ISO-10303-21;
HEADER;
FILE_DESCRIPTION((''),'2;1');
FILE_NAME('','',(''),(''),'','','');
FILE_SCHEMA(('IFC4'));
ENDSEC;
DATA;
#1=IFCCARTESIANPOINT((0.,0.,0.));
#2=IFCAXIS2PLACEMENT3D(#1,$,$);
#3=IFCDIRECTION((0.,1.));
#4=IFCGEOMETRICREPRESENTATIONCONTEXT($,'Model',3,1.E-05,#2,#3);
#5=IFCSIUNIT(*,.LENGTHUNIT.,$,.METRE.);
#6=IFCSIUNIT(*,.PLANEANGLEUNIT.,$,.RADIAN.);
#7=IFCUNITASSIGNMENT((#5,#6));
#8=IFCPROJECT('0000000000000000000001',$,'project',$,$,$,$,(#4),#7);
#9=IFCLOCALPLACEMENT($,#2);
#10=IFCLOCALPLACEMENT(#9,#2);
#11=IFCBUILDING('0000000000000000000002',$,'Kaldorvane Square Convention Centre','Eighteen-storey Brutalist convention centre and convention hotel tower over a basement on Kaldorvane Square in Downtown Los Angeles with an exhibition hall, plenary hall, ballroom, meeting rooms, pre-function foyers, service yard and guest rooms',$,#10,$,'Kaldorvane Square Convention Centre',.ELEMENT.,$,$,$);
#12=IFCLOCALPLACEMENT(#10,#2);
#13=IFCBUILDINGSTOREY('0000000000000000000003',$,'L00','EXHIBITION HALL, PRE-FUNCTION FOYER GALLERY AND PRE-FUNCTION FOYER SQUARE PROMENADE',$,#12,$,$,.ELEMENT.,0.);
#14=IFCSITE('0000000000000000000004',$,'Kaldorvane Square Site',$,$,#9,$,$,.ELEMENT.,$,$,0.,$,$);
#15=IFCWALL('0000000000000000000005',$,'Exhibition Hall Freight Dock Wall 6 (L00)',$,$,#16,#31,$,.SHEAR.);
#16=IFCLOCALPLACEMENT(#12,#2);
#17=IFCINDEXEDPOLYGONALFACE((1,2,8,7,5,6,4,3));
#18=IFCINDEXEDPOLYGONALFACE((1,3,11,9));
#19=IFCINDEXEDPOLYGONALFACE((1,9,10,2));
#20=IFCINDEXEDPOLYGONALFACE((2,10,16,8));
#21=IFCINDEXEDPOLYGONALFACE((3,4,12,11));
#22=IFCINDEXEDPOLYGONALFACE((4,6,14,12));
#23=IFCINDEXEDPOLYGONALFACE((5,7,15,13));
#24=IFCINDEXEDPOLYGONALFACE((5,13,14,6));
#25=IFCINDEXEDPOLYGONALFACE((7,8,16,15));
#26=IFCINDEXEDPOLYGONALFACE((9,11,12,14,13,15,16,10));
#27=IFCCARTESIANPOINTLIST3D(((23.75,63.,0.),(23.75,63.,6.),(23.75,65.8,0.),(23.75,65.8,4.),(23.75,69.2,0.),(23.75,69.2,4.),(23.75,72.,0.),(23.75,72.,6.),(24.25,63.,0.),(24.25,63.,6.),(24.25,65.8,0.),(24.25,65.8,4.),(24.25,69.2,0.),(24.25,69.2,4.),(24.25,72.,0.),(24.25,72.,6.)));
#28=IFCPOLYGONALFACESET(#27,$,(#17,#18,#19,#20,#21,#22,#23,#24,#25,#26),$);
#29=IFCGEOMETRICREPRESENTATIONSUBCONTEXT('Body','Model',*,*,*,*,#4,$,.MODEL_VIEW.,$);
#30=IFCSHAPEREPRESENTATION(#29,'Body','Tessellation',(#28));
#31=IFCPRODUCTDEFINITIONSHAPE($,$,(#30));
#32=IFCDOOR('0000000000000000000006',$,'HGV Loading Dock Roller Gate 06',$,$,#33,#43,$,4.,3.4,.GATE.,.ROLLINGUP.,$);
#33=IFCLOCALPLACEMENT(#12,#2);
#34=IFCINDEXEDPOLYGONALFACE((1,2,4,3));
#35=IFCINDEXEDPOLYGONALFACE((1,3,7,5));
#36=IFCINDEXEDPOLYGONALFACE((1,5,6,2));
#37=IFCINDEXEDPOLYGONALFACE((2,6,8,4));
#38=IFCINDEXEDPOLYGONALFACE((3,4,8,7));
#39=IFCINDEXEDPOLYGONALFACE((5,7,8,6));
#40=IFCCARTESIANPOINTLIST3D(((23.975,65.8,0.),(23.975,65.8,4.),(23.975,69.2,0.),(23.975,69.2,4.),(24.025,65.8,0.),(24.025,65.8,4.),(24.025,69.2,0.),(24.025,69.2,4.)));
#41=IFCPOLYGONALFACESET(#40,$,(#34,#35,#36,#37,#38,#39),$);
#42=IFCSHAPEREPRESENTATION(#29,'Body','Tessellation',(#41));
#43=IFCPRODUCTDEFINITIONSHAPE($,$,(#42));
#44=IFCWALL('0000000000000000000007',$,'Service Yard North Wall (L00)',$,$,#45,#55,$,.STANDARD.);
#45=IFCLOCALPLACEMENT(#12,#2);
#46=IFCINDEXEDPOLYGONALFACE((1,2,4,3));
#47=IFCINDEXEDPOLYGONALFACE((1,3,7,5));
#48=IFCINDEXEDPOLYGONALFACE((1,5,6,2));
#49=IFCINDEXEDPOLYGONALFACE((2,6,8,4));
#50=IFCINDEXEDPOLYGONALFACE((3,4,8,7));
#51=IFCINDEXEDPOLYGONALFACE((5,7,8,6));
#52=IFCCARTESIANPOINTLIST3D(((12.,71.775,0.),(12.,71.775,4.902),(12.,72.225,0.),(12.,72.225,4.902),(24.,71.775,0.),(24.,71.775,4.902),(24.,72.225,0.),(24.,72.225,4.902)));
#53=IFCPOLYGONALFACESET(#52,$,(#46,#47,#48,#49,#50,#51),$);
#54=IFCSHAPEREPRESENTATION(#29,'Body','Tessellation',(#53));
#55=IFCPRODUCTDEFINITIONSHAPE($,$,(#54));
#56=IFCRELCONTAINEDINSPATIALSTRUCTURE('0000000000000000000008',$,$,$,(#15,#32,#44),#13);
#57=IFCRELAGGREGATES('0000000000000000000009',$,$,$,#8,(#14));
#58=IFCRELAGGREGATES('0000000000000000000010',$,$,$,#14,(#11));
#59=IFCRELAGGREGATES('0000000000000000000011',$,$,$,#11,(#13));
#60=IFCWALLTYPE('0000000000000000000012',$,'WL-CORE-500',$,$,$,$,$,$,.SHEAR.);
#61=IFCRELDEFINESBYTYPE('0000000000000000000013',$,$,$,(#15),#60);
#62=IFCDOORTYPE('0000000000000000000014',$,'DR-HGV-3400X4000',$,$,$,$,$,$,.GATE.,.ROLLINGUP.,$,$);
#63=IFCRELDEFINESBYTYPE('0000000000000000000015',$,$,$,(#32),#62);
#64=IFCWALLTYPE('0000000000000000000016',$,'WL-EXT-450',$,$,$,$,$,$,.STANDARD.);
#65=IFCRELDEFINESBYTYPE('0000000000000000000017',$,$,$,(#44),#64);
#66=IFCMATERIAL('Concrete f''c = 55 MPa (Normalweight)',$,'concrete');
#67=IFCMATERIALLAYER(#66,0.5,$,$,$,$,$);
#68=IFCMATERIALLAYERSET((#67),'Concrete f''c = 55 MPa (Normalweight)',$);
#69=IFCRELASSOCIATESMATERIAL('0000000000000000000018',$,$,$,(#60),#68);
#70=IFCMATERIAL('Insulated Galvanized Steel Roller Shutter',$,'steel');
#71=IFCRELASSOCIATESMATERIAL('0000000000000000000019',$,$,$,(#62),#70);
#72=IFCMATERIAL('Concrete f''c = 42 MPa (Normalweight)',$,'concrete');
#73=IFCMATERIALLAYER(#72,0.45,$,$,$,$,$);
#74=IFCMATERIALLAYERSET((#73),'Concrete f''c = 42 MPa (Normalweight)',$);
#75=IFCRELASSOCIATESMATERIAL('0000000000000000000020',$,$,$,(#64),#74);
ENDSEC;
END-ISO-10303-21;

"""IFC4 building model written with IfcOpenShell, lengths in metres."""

from ifc_helpers import new_model, si_unit, direction, frame, frame_2d, origin, place, context, subcontext, project, spatial, rectangle, extrude, material, layer, layer_set, type_object, element, fill, save


model = new_model("IFC4")

# Units and contexts
model_context = context("Model", 3, precision=1e-05, world=origin(), true_north=direction((0.0, 1.0)))
body_context = subcontext(model_context, "Body", "Model", "MODEL_VIEW")
ifc_project = project(units=[si_unit("LENGTHUNIT", "METRE"), si_unit("PLANEANGLEUNIT", "RADIAN")], contexts=[model_context])

# Site, building, storey
site_placement = place(None, origin())
site = spatial("IfcSite", under=ifc_project, at=site_placement, Name="Kaldorvane Square Site", CompositionType="ELEMENT", RefElevation=0.0)
building_placement = place(site_placement, origin())
building = spatial("IfcBuilding", under=site, at=building_placement, Name="Kaldorvane Square Convention Centre", Description="Eighteen-storey Brutalist convention centre and convention hotel tower over a basement on Kaldorvane Square in Downtown Los Angeles with an exhibition hall, plenary hall, ballroom, meeting rooms, pre-function foyers, service yard and guest rooms", LongName="Kaldorvane Square Convention Centre", CompositionType="ELEMENT")
storey_placement = place(building_placement, origin())
storey = spatial("IfcBuildingStorey", under=building, at=storey_placement, Name="L00", Description="EXHIBITION HALL, PRE-FUNCTION FOYER GALLERY AND PRE-FUNCTION FOYER SQUARE PROMENADE", CompositionType="ELEMENT", Elevation=0.0)

# Shared definitions
ifc_material_1 = material(Name="Concrete f'c = 55 MPa (Normalweight)", Category="concrete")

# Wall, opening, door
ifc_layer_1 = layer(ifc_material_1, 0.5)
ifc_layer_set_1 = layer_set([ifc_layer_1], Name="Concrete f'c = 55 MPa (Normalweight)")
wall_type_1 = type_object("IfcWallType", Name="WL-CORE-500", PredefinedType="SHEAR", material=ifc_layer_set_1)
ifc_material_2 = material(Name="Insulated Galvanized Steel Roller Shutter", Category="steel")
door_type_1 = type_object("IfcDoorType", Name="DR-HGV-3400X4000", OperationType="ROLLINGUP", PredefinedType="GATE", material=ifc_material_2)
wall_1_placement = place(storey_placement, frame((24.0, 72.0, 0.0), z_axis=(0.0, 0.0, 1.0), x_axis=(0.0, -1.0, 0.0)))
wall_1 = element("IfcWall", 1, at=wall_1_placement, inside=storey, type_object=wall_type_1, Name="Exhibition Hall Freight Dock Wall 6 (L00)", PredefinedType="SHEAR", context=body_context, shape_type="SweptSolid", body=[
    extrude(rectangle(XDim=9.0, YDim=0.5, at=frame_2d((4.5, 0.0))), origin(), (0.0, 0.0, 1.0), 6.0),
])
opening_1_placement = place(wall_1_placement, frame((2.8, 0.0, 0.0)))
opening_1 = element("IfcOpeningElement", 2, at=opening_1_placement, cuts=wall_1, PredefinedType="OPENING", context=body_context, shape_type="SweptSolid", body=[
    extrude(rectangle(XDim=3.4, YDim=4.0, at=frame_2d((1.7, 2.0))), frame((0.0, 0.265, 0.0), z_axis=(0.0, -1.0, 0.0), x_axis=(1.0, 0.0, 0.0)), (0.0, 0.0, 1.0), 0.53),
])
door_1_placement = place(opening_1_placement, origin())
door_1 = element("IfcDoor", 3, at=door_1_placement, inside=storey, type_object=door_type_1, Name="HGV Loading Dock Roller Gate 06", OperationType="ROLLINGUP", OverallHeight=4.0, OverallWidth=3.4, PredefinedType="GATE", context=body_context, shape_type="SweptSolid", body=[
    extrude(rectangle(XDim=3.4, YDim=4.0, at=frame_2d((1.7, 2.0))), frame((0.0, 0.025, 0.0), z_axis=(0.0, -1.0, 0.0), x_axis=(1.0, 0.0, 0.0)), (0.0, 0.0, 1.0), 0.05),
])
fill(opening_1, door_1)

# Wall
ifc_material_3 = material(Name="Concrete f'c = 42 MPa (Normalweight)", Category="concrete")
ifc_layer_2 = layer(ifc_material_3, 0.45)
ifc_layer_set_2 = layer_set([ifc_layer_2], Name="Concrete f'c = 42 MPa (Normalweight)")
wall_type_2 = type_object("IfcWallType", Name="WL-EXT-450", PredefinedType="STANDARD", material=ifc_layer_set_2)
wall_2_placement = place(storey_placement, frame((24.0, 72.0, 0.0), z_axis=(0.0, 0.0, 1.0), x_axis=(-1.0, 0.0, 0.0)))
element("IfcWall", 4, at=wall_2_placement, inside=storey, type_object=wall_type_2, Name="Service Yard North Wall (L00)", PredefinedType="STANDARD", context=body_context, shape_type="SweptSolid", body=[
    extrude(rectangle(XDim=12.0, YDim=0.45, at=frame_2d((6.0, 0.0))), origin(), (0.0, 0.0, 1.0), 4.902),
])

save(model, "model.ifc")
